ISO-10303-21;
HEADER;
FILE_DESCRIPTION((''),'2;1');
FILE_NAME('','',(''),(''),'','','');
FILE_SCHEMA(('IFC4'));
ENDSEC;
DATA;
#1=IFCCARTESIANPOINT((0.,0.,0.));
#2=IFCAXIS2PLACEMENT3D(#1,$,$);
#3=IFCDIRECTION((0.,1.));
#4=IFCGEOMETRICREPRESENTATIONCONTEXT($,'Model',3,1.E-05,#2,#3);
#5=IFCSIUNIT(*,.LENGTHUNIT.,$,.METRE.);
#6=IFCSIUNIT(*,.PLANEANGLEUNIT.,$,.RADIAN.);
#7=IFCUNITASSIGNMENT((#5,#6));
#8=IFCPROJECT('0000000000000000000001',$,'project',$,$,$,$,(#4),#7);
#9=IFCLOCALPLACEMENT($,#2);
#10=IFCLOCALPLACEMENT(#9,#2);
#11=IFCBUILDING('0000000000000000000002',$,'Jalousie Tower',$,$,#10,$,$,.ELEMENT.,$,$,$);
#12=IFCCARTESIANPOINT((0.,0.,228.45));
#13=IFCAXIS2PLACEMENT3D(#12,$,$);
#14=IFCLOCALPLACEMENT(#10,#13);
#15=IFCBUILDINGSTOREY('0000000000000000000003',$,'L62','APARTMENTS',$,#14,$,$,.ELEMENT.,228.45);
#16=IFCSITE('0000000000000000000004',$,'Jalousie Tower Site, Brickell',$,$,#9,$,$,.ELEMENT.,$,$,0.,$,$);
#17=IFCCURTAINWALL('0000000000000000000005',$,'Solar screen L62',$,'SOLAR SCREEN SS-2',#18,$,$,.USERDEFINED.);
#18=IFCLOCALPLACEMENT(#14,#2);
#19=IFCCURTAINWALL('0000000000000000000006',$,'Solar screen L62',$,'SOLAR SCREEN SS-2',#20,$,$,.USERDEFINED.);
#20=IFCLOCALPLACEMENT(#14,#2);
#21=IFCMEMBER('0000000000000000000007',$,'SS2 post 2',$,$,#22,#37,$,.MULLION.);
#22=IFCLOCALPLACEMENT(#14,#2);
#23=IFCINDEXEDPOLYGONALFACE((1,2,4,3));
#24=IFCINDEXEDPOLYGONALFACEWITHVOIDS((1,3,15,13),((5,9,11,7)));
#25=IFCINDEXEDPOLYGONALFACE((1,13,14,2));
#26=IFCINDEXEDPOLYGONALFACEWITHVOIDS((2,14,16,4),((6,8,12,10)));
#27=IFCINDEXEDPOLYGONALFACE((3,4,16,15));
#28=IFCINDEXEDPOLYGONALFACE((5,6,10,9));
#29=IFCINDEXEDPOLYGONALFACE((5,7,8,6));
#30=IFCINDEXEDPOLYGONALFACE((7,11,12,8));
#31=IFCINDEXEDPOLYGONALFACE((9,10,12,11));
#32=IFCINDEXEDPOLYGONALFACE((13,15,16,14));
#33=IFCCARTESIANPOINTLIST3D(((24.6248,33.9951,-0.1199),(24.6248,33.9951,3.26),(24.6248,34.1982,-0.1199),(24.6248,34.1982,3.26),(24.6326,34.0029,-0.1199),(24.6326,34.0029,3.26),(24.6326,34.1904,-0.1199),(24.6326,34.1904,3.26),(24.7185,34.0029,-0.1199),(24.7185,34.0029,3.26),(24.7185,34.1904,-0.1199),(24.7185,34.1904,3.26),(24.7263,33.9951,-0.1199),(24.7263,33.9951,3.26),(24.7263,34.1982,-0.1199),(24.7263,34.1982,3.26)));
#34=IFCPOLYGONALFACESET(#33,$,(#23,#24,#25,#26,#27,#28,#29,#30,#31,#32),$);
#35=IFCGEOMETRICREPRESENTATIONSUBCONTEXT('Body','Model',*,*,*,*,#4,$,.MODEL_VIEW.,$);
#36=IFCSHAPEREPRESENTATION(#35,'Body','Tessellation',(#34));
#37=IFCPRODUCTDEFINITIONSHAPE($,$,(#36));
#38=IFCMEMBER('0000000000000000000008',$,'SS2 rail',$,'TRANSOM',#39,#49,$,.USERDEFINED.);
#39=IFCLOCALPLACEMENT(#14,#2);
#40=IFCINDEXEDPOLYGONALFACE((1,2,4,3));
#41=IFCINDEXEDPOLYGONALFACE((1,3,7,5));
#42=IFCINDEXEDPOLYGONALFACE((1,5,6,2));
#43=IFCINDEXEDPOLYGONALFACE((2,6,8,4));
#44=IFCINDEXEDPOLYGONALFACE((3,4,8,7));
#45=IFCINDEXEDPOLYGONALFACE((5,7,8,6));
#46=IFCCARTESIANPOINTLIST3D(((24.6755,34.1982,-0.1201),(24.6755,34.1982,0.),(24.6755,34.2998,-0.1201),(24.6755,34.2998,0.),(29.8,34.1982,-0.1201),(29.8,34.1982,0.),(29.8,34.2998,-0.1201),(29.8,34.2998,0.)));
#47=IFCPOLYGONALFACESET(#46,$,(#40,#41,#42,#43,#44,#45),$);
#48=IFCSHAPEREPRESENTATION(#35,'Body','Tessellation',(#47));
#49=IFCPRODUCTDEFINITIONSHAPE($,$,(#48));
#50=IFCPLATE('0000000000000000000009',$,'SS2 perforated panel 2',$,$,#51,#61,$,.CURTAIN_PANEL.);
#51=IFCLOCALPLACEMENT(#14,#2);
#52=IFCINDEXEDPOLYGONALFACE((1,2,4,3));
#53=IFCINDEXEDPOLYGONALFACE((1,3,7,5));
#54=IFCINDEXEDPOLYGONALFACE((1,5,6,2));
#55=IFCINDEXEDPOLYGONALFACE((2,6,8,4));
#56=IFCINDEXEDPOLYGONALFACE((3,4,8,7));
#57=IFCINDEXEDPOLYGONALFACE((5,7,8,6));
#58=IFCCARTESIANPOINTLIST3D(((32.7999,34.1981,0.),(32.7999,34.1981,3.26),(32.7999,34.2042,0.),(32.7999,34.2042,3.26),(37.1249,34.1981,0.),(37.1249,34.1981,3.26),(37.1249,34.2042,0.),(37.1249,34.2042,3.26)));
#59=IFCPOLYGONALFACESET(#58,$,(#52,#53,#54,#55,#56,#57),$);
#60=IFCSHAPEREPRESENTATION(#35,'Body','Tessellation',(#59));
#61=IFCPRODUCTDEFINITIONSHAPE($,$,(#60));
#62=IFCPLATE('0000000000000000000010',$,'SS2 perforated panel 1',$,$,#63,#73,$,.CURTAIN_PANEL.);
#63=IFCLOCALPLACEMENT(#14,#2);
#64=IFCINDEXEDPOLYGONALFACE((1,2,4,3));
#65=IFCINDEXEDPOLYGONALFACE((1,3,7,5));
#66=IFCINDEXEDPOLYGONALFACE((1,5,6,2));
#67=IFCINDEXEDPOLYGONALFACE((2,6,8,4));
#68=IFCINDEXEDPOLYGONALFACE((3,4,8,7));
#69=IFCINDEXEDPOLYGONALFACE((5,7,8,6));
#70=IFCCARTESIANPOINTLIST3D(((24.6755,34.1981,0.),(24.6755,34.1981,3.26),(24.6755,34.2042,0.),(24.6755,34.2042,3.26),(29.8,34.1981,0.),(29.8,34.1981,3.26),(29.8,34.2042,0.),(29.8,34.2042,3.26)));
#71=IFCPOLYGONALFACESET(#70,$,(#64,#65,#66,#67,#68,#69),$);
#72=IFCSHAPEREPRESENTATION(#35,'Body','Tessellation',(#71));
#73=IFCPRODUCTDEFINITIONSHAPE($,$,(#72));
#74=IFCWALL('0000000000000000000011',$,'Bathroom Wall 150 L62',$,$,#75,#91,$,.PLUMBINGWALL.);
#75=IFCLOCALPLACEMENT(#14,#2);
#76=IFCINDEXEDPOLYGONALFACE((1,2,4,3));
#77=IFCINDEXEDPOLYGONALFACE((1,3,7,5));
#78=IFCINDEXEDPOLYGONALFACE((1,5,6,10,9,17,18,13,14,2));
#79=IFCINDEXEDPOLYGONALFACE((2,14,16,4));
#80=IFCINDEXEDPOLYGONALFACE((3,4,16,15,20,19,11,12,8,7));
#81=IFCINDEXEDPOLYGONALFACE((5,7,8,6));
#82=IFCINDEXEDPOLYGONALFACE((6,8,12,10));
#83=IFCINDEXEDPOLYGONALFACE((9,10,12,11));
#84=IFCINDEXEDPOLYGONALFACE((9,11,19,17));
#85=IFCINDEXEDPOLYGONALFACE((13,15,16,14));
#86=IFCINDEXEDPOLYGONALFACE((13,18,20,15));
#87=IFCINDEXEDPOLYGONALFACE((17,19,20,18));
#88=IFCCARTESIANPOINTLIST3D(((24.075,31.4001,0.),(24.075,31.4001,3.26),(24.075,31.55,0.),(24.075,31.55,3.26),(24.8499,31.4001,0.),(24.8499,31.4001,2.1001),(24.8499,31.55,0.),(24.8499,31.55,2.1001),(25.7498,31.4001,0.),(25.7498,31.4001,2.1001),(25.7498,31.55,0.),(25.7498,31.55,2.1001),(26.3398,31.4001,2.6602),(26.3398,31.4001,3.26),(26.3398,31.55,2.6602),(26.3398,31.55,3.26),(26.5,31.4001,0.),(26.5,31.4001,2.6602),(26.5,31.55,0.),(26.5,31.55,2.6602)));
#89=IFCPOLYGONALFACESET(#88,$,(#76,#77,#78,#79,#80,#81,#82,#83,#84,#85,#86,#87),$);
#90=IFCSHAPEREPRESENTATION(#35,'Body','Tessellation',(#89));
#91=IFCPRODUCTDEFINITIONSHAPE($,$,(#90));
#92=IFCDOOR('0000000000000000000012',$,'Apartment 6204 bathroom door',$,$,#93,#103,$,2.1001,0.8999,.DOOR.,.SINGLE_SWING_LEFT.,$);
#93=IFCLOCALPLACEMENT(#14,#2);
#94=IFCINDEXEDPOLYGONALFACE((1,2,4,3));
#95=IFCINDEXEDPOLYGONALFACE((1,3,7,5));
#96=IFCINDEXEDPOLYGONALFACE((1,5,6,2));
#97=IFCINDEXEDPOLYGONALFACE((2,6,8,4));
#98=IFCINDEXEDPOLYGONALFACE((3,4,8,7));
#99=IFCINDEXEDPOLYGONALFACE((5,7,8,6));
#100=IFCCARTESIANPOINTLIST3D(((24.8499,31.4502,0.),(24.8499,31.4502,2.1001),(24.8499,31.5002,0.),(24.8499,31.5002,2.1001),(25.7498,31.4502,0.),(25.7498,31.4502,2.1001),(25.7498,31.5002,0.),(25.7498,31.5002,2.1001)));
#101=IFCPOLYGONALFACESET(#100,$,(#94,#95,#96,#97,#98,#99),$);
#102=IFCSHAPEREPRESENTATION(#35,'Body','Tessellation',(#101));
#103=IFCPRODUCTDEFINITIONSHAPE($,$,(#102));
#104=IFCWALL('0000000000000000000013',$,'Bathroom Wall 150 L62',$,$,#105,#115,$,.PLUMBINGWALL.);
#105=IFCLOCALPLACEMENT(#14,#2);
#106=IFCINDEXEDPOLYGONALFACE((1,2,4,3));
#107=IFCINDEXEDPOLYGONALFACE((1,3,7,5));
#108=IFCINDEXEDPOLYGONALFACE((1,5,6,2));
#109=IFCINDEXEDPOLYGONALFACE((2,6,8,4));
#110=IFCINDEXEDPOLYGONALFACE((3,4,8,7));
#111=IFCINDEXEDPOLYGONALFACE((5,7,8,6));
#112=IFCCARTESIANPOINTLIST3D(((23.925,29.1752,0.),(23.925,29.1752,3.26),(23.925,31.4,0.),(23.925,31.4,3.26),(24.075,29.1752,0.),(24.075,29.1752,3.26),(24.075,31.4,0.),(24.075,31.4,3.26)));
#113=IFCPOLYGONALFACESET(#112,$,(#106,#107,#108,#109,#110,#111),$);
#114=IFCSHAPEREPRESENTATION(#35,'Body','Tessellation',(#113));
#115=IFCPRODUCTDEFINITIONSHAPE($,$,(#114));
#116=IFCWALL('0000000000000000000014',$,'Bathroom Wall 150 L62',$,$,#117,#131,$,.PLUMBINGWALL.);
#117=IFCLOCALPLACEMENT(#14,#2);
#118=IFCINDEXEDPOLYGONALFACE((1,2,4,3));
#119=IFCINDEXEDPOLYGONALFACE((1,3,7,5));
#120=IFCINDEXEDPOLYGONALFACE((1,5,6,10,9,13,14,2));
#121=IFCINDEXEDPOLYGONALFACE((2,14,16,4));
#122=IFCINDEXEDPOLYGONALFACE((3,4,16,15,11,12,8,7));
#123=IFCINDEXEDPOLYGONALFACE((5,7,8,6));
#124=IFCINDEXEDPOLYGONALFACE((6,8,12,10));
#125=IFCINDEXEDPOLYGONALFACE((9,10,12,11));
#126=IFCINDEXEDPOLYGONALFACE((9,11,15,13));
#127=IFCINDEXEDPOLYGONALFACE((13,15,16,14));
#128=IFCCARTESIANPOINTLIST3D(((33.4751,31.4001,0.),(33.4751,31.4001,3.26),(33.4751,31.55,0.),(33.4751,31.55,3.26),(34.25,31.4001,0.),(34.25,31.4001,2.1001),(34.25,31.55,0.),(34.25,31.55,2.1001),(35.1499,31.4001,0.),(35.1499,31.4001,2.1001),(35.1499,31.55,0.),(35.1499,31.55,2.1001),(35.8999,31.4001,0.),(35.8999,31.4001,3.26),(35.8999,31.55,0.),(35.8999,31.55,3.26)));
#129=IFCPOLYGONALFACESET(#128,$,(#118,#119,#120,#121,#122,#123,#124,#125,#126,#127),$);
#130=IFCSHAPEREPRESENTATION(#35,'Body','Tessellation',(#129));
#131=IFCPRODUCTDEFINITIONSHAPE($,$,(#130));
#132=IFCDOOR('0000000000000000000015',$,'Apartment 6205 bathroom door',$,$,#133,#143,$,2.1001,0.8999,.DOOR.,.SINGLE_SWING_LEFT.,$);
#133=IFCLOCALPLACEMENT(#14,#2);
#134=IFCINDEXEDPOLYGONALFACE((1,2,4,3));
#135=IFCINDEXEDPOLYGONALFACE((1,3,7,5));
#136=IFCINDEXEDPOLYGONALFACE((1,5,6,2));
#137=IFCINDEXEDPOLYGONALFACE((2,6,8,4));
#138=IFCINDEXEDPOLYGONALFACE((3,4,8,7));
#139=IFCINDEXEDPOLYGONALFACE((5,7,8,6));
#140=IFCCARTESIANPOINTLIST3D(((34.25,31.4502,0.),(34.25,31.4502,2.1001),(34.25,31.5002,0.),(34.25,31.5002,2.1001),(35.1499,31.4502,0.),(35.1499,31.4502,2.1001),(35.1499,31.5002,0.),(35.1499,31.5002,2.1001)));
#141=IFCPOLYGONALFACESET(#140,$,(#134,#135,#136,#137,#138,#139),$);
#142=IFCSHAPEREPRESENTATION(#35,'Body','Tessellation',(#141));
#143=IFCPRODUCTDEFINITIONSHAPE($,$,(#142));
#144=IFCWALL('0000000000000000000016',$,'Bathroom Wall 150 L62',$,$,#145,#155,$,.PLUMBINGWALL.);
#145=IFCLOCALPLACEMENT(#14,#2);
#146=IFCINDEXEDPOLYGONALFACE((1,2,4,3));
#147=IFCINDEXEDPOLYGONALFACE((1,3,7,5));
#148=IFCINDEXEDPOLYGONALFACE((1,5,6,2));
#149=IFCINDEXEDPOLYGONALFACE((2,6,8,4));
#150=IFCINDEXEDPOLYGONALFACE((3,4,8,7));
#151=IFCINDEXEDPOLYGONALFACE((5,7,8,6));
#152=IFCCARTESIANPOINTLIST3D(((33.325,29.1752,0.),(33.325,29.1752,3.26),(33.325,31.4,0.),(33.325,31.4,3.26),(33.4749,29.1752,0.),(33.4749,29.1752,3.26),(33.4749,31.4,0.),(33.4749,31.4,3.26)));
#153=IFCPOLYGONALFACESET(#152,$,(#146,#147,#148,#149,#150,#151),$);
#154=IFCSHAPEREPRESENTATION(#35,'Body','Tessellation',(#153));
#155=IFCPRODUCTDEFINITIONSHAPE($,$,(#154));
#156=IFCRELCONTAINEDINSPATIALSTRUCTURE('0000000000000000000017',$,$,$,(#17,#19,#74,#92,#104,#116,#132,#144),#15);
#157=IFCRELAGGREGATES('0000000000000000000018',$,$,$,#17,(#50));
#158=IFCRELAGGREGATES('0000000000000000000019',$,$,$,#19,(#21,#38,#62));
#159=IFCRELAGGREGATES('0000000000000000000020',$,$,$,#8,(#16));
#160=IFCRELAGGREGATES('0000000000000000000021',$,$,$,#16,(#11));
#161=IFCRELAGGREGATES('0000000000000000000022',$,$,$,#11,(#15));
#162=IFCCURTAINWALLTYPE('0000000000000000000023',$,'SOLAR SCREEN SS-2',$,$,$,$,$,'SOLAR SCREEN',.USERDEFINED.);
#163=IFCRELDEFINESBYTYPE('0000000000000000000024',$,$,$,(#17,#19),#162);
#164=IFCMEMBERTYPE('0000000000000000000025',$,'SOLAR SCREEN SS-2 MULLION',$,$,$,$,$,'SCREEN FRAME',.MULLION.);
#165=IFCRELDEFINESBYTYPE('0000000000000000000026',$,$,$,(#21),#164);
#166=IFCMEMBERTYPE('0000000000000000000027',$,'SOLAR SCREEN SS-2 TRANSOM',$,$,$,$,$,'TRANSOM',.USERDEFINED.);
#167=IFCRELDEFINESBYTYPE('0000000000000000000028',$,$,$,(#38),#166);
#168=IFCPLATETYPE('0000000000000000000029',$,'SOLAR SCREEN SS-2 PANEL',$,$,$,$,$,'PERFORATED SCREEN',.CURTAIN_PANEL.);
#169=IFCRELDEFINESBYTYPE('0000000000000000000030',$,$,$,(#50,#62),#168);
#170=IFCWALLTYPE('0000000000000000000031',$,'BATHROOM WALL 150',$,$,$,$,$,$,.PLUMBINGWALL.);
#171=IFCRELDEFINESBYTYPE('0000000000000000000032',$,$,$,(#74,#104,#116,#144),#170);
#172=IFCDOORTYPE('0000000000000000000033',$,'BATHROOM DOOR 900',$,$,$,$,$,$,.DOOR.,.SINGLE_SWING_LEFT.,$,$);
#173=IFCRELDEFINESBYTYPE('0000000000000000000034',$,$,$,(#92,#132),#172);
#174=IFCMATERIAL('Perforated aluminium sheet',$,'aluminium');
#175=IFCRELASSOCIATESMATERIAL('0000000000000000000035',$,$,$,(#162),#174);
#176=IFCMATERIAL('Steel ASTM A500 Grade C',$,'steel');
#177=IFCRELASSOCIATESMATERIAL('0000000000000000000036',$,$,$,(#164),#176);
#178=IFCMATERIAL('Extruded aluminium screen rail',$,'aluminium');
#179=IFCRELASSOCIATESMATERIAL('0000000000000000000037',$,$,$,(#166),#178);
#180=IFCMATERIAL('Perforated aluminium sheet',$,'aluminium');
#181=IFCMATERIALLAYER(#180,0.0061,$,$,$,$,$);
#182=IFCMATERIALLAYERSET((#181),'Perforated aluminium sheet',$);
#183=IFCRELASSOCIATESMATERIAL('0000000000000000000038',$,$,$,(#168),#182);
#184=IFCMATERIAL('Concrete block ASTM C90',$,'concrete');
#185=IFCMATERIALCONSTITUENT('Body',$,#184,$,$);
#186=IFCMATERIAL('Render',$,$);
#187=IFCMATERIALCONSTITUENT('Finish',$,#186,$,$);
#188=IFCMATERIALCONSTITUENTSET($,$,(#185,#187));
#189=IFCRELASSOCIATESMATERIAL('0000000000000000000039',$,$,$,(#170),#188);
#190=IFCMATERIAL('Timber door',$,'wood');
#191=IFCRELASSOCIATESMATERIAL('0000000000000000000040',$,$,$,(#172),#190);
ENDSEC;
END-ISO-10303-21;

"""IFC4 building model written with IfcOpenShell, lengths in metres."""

from ifc_helpers import new_model, si_unit, direction, frame, frame_2d, origin, origin_2d, place, context, subcontext, project, spatial, polyline, rectangle, hollow_rectangle, outline, extrude, material, layer, layer_set, constituent, constituent_set, material_profile, profile_set, type_object, element, fill, aggregate, save


model = new_model("IFC4")

# Units and contexts
model_context = context("Model", 3, precision=1e-05, world=origin(), true_north=direction((0.0, 1.0)))
body_context = subcontext(model_context, "Body", "Model", "MODEL_VIEW")
ifc_project = project(units=[si_unit("LENGTHUNIT", "METRE"), si_unit("PLANEANGLEUNIT", "RADIAN")], contexts=[model_context])

# Site, building, storey
site_placement = place(None, origin())
site = spatial("IfcSite", under=ifc_project, at=site_placement, Name="Jalousie Tower Site, Brickell", CompositionType="ELEMENT", RefElevation=0.0)
building_placement = place(site_placement, origin())
building = spatial("IfcBuilding", under=site, at=building_placement, Name="Jalousie Tower", CompositionType="ELEMENT")
storey_placement = place(building_placement, frame((0.0, 0.0, 228.45)))
storey = spatial("IfcBuildingStorey", under=building, at=storey_placement, Name="L62", Description="APARTMENTS", CompositionType="ELEMENT", Elevation=228.45)

# Curtain wall
ifc_material_1 = material(Name="Perforated aluminium sheet", Category="aluminium")
curtain_wall_type = type_object("IfcCurtainWallType", Name="SOLAR SCREEN SS-2", ElementType="SOLAR SCREEN", PredefinedType="USERDEFINED", material=ifc_material_1)
curtain_wall_1_placement = place(storey_placement, origin())
curtain_wall_1 = element("IfcCurtainWall", 1, at=curtain_wall_1_placement, inside=storey, type_object=curtain_wall_type, Name="Solar screen L62", ObjectType="SOLAR SCREEN SS-2", PredefinedType="USERDEFINED")
ifc_material_2 = material(Name="Steel ASTM A500 Grade C", Category="steel")
ifc_material_profile_1 = material_profile(ifc_material_2, hollow_rectangle(XDim=0.1016, YDim=0.2031, WallThickness=0.0078, at=origin_2d()), Name="HSS8X4X5/16")
ifc_profile_set_1 = profile_set([ifc_material_profile_1], Name="Steel ASTM A500 Grade C")
member_type_1 = type_object("IfcMemberType", Name="SOLAR SCREEN SS-2 MULLION", ElementType="SCREEN FRAME", PredefinedType="MULLION", material=ifc_profile_set_1)

# Curtain wall, members
curtain_wall_2_placement = place(storey_placement, origin())
curtain_wall_2 = element("IfcCurtainWall", 2, at=curtain_wall_2_placement, inside=storey, type_object=curtain_wall_type, Name="Solar screen L62", ObjectType="SOLAR SCREEN SS-2", PredefinedType="USERDEFINED")
member_1_placement = place(storey_placement, frame((24.6755, 34.0967, -0.1199), z_axis=(0.0, 0.0, 1.0), x_axis=(-1.0, 0.0, 0.0)))
member_1 = element("IfcMember", 3, at=member_1_placement, type_object=member_type_1, Name="SS2 post 2", PredefinedType="MULLION", context=body_context, shape_type="SweptSolid", body=[
    extrude(hollow_rectangle(XDim=0.1016, YDim=0.2031, WallThickness=0.0078, at=origin_2d()), origin(), (0.0, 0.0, 1.0), 3.3799),
])
ifc_material_3 = material(Name="Extruded aluminium screen rail", Category="aluminium")
ifc_material_profile_2 = material_profile(ifc_material_3, rectangle(XDim=0.1016, YDim=0.1201, at=origin_2d()), Name="RAIL 102x120")
ifc_profile_set_2 = profile_set([ifc_material_profile_2], Name="Extruded aluminium screen rail")
member_type_2 = type_object("IfcMemberType", Name="SOLAR SCREEN SS-2 TRANSOM", ElementType="TRANSOM", PredefinedType="USERDEFINED", material=ifc_profile_set_2)
member_2_placement = place(storey_placement, frame((29.8, 34.249, -0.0601), z_axis=(-1.0, 0.0, 0.0), x_axis=(0.0, -1.0, 0.0)))
member_2 = element("IfcMember", 4, at=member_2_placement, type_object=member_type_2, Name="SS2 rail", ObjectType="TRANSOM", PredefinedType="USERDEFINED", context=body_context, shape_type="SweptSolid", body=[
    extrude(rectangle(XDim=0.1016, YDim=0.1201, at=origin_2d()), origin(), (0.0, 0.0, 1.0), 5.1245),
])

# Plates
ifc_material_4 = material(Name="Perforated aluminium sheet", Category="aluminium")
ifc_layer = layer(ifc_material_4, 0.0061)
ifc_layer_set = layer_set([ifc_layer], Name="Perforated aluminium sheet")
plate_type = type_object("IfcPlateType", Name="SOLAR SCREEN SS-2 PANEL", ElementType="PERFORATED SCREEN", PredefinedType="CURTAIN_PANEL", material=ifc_layer_set)
plate_1_placement = place(storey_placement, frame((34.9624, 34.2012, 0.0), z_axis=(0.0, 0.0, 1.0), x_axis=(-1.0, 0.0, 0.0)))
plate_1 = element("IfcPlate", 5, at=plate_1_placement, type_object=plate_type, Name="SS2 perforated panel 2", PredefinedType="CURTAIN_PANEL", context=body_context, shape_type="SweptSolid", body=[
    extrude(rectangle(XDim=4.325, YDim=0.0061, at=origin_2d()), origin(), (0.0, 0.0, 1.0), 3.26),
])
aggregate(curtain_wall_1, [plate_1])
plate_2_placement = place(storey_placement, frame((27.2378, 34.2012, 0.0), z_axis=(0.0, 0.0, 1.0), x_axis=(-1.0, 0.0, 0.0)))
plate_2 = element("IfcPlate", 6, at=plate_2_placement, type_object=plate_type, Name="SS2 perforated panel 1", PredefinedType="CURTAIN_PANEL", context=body_context, shape_type="SweptSolid", body=[
    extrude(rectangle(XDim=5.1245, YDim=0.0061, at=origin_2d()), origin(), (0.0, 0.0, 1.0), 3.26),
])
aggregate(curtain_wall_2, [member_1, member_2, plate_2])

# Wall, opening, door
ifc_material_5 = material(Name="Concrete block ASTM C90", Category="concrete")
ifc_constituent_1 = constituent(ifc_material_5, Name="Body")
ifc_material_6 = material(Name="Render")
ifc_constituent_2 = constituent(ifc_material_6, Name="Finish")
ifc_constituent_set_1 = constituent_set(constituents=[ifc_constituent_1, ifc_constituent_2])
wall_type_1 = type_object("IfcWallType", Name="BATHROOM WALL 150", PredefinedType="PLUMBINGWALL", material=ifc_constituent_set_1)
wall_1_placement = place(storey_placement, frame((24.075, 31.4751, 0.0), z_axis=(0.0, 0.0, 1.0), x_axis=(1.0, 0.0, 0.0)))
wall_1 = element("IfcWall", 7, at=wall_1_placement, inside=storey, type_object=wall_type_1, Name="Bathroom Wall 150 L62", PredefinedType="PLUMBINGWALL", context=body_context, shape_type="SweptSolid", body=[
    extrude(outline(polyline([(0.0, 0.0), (2.425, 0.0), (2.425, 3.26), (2.425, 2.6602), (2.2649, 2.6602), (2.2649, 3.26), (0.0, 3.26), (0.0, 0.0)])), frame((0.0, 0.075, 0.0), z_axis=(0.0, -1.0, 0.0), x_axis=(1.0, 0.0, 0.0)), (0.0, 0.0, 1.0), 0.1499),
])
opening_1_placement = place(wall_1_placement, frame((0.7749, 0.0, 0.0)))
opening_1 = element("IfcOpeningElement", 8, at=opening_1_placement, cuts=wall_1, PredefinedType="OPENING", context=body_context, shape_type="SweptSolid", body=[
    extrude(rectangle(XDim=0.8999, YDim=2.1001, at=frame_2d((0.45, 1.05))), frame((0.0, 0.085, 0.0), z_axis=(0.0, -1.0, 0.0), x_axis=(1.0, 0.0, 0.0)), (0.0, 0.0, 1.0), 0.1699),
])
ifc_material_7 = material(Name="Timber door", Category="wood")
door_type_1 = type_object("IfcDoorType", Name="BATHROOM DOOR 900", OperationType="SINGLE_SWING_LEFT", PredefinedType="DOOR", material=ifc_material_7)
door_1_placement = place(opening_1_placement, frame((0.8999, 0.0, 0.0), z_axis=(0.0, 0.0, 1.0), x_axis=(-1.0, 0.0, 0.0)))
door_1 = element("IfcDoor", 9, at=door_1_placement, inside=storey, type_object=door_type_1, Name="Apartment 6204 bathroom door", OperationType="SINGLE_SWING_LEFT", OverallHeight=2.1001, OverallWidth=0.8999, PredefinedType="DOOR", context=body_context, shape_type="SweptSolid", body=[
    extrude(rectangle(XDim=0.8999, YDim=2.1001, at=frame_2d((0.45, 1.05))), frame((0.0, 0.0249, 0.0), z_axis=(0.0, -1.0, 0.0), x_axis=(1.0, 0.0, 0.0)), (0.0, 0.0, 1.0), 0.05),
])
fill(opening_1, door_1)

# Wall
wall_2_placement = place(storey_placement, frame((24.0, 31.3999, 0.0), z_axis=(0.0, 0.0, 1.0), x_axis=(0.0, -1.0, 0.0)))
element("IfcWall", 10, at=wall_2_placement, inside=storey, type_object=wall_type_1, Name="Bathroom Wall 150 L62", PredefinedType="PLUMBINGWALL", context=body_context, shape_type="SweptSolid", body=[
    extrude(rectangle(XDim=2.2249, YDim=0.1499, at=frame_2d((1.1123, 0.0))), origin(), (0.0, 0.0, 1.0), 3.26),
])

# Wall, opening, door
wall_3_placement = place(storey_placement, frame((33.4751, 31.4751, 0.0), z_axis=(0.0, 0.0, 1.0), x_axis=(1.0, 0.0, 0.0)))
wall_3 = element("IfcWall", 11, at=wall_3_placement, inside=storey, type_object=wall_type_1, Name="Bathroom Wall 150 L62", PredefinedType="PLUMBINGWALL", context=body_context, shape_type="SweptSolid", body=[
    extrude(rectangle(XDim=2.4248, YDim=0.1499, at=frame_2d((1.2124, 0.0))), origin(), (0.0, 0.0, 1.0), 3.26),
])
opening_2_placement = place(wall_3_placement, frame((0.7749, 0.0, 0.0)))
opening_2 = element("IfcOpeningElement", 12, at=opening_2_placement, cuts=wall_3, PredefinedType="OPENING", context=body_context, shape_type="SweptSolid", body=[
    extrude(rectangle(XDim=0.8999, YDim=2.1001, at=frame_2d((0.45, 1.05))), frame((0.0, 0.085, 0.0), z_axis=(0.0, -1.0, 0.0), x_axis=(1.0, 0.0, 0.0)), (0.0, 0.0, 1.0), 0.1699),
])
door_2_placement = place(opening_2_placement, frame((0.8999, 0.0, 0.0), z_axis=(0.0, 0.0, 1.0), x_axis=(-1.0, 0.0, 0.0)))
door_2 = element("IfcDoor", 13, at=door_2_placement, inside=storey, type_object=door_type_1, Name="Apartment 6205 bathroom door", OperationType="SINGLE_SWING_LEFT", OverallHeight=2.1001, OverallWidth=0.8999, PredefinedType="DOOR", context=body_context, shape_type="SweptSolid", body=[
    extrude(rectangle(XDim=0.8999, YDim=2.1001, at=frame_2d((0.45, 1.05))), frame((0.0, 0.0249, 0.0), z_axis=(0.0, -1.0, 0.0), x_axis=(1.0, 0.0, 0.0)), (0.0, 0.0, 1.0), 0.05),
])
fill(opening_2, door_2)

# Wall
wall_4_placement = place(storey_placement, frame((33.3999, 31.3999, 0.0), z_axis=(0.0, 0.0, 1.0), x_axis=(0.0, -1.0, 0.0)))
element("IfcWall", 14, at=wall_4_placement, inside=storey, type_object=wall_type_1, Name="Bathroom Wall 150 L62", PredefinedType="PLUMBINGWALL", context=body_context, shape_type="SweptSolid", body=[
    extrude(rectangle(XDim=2.2249, YDim=0.1499, at=frame_2d((1.1123, 0.0))), origin(), (0.0, 0.0, 1.0), 3.26),
])

save(model, "model.ifc")
